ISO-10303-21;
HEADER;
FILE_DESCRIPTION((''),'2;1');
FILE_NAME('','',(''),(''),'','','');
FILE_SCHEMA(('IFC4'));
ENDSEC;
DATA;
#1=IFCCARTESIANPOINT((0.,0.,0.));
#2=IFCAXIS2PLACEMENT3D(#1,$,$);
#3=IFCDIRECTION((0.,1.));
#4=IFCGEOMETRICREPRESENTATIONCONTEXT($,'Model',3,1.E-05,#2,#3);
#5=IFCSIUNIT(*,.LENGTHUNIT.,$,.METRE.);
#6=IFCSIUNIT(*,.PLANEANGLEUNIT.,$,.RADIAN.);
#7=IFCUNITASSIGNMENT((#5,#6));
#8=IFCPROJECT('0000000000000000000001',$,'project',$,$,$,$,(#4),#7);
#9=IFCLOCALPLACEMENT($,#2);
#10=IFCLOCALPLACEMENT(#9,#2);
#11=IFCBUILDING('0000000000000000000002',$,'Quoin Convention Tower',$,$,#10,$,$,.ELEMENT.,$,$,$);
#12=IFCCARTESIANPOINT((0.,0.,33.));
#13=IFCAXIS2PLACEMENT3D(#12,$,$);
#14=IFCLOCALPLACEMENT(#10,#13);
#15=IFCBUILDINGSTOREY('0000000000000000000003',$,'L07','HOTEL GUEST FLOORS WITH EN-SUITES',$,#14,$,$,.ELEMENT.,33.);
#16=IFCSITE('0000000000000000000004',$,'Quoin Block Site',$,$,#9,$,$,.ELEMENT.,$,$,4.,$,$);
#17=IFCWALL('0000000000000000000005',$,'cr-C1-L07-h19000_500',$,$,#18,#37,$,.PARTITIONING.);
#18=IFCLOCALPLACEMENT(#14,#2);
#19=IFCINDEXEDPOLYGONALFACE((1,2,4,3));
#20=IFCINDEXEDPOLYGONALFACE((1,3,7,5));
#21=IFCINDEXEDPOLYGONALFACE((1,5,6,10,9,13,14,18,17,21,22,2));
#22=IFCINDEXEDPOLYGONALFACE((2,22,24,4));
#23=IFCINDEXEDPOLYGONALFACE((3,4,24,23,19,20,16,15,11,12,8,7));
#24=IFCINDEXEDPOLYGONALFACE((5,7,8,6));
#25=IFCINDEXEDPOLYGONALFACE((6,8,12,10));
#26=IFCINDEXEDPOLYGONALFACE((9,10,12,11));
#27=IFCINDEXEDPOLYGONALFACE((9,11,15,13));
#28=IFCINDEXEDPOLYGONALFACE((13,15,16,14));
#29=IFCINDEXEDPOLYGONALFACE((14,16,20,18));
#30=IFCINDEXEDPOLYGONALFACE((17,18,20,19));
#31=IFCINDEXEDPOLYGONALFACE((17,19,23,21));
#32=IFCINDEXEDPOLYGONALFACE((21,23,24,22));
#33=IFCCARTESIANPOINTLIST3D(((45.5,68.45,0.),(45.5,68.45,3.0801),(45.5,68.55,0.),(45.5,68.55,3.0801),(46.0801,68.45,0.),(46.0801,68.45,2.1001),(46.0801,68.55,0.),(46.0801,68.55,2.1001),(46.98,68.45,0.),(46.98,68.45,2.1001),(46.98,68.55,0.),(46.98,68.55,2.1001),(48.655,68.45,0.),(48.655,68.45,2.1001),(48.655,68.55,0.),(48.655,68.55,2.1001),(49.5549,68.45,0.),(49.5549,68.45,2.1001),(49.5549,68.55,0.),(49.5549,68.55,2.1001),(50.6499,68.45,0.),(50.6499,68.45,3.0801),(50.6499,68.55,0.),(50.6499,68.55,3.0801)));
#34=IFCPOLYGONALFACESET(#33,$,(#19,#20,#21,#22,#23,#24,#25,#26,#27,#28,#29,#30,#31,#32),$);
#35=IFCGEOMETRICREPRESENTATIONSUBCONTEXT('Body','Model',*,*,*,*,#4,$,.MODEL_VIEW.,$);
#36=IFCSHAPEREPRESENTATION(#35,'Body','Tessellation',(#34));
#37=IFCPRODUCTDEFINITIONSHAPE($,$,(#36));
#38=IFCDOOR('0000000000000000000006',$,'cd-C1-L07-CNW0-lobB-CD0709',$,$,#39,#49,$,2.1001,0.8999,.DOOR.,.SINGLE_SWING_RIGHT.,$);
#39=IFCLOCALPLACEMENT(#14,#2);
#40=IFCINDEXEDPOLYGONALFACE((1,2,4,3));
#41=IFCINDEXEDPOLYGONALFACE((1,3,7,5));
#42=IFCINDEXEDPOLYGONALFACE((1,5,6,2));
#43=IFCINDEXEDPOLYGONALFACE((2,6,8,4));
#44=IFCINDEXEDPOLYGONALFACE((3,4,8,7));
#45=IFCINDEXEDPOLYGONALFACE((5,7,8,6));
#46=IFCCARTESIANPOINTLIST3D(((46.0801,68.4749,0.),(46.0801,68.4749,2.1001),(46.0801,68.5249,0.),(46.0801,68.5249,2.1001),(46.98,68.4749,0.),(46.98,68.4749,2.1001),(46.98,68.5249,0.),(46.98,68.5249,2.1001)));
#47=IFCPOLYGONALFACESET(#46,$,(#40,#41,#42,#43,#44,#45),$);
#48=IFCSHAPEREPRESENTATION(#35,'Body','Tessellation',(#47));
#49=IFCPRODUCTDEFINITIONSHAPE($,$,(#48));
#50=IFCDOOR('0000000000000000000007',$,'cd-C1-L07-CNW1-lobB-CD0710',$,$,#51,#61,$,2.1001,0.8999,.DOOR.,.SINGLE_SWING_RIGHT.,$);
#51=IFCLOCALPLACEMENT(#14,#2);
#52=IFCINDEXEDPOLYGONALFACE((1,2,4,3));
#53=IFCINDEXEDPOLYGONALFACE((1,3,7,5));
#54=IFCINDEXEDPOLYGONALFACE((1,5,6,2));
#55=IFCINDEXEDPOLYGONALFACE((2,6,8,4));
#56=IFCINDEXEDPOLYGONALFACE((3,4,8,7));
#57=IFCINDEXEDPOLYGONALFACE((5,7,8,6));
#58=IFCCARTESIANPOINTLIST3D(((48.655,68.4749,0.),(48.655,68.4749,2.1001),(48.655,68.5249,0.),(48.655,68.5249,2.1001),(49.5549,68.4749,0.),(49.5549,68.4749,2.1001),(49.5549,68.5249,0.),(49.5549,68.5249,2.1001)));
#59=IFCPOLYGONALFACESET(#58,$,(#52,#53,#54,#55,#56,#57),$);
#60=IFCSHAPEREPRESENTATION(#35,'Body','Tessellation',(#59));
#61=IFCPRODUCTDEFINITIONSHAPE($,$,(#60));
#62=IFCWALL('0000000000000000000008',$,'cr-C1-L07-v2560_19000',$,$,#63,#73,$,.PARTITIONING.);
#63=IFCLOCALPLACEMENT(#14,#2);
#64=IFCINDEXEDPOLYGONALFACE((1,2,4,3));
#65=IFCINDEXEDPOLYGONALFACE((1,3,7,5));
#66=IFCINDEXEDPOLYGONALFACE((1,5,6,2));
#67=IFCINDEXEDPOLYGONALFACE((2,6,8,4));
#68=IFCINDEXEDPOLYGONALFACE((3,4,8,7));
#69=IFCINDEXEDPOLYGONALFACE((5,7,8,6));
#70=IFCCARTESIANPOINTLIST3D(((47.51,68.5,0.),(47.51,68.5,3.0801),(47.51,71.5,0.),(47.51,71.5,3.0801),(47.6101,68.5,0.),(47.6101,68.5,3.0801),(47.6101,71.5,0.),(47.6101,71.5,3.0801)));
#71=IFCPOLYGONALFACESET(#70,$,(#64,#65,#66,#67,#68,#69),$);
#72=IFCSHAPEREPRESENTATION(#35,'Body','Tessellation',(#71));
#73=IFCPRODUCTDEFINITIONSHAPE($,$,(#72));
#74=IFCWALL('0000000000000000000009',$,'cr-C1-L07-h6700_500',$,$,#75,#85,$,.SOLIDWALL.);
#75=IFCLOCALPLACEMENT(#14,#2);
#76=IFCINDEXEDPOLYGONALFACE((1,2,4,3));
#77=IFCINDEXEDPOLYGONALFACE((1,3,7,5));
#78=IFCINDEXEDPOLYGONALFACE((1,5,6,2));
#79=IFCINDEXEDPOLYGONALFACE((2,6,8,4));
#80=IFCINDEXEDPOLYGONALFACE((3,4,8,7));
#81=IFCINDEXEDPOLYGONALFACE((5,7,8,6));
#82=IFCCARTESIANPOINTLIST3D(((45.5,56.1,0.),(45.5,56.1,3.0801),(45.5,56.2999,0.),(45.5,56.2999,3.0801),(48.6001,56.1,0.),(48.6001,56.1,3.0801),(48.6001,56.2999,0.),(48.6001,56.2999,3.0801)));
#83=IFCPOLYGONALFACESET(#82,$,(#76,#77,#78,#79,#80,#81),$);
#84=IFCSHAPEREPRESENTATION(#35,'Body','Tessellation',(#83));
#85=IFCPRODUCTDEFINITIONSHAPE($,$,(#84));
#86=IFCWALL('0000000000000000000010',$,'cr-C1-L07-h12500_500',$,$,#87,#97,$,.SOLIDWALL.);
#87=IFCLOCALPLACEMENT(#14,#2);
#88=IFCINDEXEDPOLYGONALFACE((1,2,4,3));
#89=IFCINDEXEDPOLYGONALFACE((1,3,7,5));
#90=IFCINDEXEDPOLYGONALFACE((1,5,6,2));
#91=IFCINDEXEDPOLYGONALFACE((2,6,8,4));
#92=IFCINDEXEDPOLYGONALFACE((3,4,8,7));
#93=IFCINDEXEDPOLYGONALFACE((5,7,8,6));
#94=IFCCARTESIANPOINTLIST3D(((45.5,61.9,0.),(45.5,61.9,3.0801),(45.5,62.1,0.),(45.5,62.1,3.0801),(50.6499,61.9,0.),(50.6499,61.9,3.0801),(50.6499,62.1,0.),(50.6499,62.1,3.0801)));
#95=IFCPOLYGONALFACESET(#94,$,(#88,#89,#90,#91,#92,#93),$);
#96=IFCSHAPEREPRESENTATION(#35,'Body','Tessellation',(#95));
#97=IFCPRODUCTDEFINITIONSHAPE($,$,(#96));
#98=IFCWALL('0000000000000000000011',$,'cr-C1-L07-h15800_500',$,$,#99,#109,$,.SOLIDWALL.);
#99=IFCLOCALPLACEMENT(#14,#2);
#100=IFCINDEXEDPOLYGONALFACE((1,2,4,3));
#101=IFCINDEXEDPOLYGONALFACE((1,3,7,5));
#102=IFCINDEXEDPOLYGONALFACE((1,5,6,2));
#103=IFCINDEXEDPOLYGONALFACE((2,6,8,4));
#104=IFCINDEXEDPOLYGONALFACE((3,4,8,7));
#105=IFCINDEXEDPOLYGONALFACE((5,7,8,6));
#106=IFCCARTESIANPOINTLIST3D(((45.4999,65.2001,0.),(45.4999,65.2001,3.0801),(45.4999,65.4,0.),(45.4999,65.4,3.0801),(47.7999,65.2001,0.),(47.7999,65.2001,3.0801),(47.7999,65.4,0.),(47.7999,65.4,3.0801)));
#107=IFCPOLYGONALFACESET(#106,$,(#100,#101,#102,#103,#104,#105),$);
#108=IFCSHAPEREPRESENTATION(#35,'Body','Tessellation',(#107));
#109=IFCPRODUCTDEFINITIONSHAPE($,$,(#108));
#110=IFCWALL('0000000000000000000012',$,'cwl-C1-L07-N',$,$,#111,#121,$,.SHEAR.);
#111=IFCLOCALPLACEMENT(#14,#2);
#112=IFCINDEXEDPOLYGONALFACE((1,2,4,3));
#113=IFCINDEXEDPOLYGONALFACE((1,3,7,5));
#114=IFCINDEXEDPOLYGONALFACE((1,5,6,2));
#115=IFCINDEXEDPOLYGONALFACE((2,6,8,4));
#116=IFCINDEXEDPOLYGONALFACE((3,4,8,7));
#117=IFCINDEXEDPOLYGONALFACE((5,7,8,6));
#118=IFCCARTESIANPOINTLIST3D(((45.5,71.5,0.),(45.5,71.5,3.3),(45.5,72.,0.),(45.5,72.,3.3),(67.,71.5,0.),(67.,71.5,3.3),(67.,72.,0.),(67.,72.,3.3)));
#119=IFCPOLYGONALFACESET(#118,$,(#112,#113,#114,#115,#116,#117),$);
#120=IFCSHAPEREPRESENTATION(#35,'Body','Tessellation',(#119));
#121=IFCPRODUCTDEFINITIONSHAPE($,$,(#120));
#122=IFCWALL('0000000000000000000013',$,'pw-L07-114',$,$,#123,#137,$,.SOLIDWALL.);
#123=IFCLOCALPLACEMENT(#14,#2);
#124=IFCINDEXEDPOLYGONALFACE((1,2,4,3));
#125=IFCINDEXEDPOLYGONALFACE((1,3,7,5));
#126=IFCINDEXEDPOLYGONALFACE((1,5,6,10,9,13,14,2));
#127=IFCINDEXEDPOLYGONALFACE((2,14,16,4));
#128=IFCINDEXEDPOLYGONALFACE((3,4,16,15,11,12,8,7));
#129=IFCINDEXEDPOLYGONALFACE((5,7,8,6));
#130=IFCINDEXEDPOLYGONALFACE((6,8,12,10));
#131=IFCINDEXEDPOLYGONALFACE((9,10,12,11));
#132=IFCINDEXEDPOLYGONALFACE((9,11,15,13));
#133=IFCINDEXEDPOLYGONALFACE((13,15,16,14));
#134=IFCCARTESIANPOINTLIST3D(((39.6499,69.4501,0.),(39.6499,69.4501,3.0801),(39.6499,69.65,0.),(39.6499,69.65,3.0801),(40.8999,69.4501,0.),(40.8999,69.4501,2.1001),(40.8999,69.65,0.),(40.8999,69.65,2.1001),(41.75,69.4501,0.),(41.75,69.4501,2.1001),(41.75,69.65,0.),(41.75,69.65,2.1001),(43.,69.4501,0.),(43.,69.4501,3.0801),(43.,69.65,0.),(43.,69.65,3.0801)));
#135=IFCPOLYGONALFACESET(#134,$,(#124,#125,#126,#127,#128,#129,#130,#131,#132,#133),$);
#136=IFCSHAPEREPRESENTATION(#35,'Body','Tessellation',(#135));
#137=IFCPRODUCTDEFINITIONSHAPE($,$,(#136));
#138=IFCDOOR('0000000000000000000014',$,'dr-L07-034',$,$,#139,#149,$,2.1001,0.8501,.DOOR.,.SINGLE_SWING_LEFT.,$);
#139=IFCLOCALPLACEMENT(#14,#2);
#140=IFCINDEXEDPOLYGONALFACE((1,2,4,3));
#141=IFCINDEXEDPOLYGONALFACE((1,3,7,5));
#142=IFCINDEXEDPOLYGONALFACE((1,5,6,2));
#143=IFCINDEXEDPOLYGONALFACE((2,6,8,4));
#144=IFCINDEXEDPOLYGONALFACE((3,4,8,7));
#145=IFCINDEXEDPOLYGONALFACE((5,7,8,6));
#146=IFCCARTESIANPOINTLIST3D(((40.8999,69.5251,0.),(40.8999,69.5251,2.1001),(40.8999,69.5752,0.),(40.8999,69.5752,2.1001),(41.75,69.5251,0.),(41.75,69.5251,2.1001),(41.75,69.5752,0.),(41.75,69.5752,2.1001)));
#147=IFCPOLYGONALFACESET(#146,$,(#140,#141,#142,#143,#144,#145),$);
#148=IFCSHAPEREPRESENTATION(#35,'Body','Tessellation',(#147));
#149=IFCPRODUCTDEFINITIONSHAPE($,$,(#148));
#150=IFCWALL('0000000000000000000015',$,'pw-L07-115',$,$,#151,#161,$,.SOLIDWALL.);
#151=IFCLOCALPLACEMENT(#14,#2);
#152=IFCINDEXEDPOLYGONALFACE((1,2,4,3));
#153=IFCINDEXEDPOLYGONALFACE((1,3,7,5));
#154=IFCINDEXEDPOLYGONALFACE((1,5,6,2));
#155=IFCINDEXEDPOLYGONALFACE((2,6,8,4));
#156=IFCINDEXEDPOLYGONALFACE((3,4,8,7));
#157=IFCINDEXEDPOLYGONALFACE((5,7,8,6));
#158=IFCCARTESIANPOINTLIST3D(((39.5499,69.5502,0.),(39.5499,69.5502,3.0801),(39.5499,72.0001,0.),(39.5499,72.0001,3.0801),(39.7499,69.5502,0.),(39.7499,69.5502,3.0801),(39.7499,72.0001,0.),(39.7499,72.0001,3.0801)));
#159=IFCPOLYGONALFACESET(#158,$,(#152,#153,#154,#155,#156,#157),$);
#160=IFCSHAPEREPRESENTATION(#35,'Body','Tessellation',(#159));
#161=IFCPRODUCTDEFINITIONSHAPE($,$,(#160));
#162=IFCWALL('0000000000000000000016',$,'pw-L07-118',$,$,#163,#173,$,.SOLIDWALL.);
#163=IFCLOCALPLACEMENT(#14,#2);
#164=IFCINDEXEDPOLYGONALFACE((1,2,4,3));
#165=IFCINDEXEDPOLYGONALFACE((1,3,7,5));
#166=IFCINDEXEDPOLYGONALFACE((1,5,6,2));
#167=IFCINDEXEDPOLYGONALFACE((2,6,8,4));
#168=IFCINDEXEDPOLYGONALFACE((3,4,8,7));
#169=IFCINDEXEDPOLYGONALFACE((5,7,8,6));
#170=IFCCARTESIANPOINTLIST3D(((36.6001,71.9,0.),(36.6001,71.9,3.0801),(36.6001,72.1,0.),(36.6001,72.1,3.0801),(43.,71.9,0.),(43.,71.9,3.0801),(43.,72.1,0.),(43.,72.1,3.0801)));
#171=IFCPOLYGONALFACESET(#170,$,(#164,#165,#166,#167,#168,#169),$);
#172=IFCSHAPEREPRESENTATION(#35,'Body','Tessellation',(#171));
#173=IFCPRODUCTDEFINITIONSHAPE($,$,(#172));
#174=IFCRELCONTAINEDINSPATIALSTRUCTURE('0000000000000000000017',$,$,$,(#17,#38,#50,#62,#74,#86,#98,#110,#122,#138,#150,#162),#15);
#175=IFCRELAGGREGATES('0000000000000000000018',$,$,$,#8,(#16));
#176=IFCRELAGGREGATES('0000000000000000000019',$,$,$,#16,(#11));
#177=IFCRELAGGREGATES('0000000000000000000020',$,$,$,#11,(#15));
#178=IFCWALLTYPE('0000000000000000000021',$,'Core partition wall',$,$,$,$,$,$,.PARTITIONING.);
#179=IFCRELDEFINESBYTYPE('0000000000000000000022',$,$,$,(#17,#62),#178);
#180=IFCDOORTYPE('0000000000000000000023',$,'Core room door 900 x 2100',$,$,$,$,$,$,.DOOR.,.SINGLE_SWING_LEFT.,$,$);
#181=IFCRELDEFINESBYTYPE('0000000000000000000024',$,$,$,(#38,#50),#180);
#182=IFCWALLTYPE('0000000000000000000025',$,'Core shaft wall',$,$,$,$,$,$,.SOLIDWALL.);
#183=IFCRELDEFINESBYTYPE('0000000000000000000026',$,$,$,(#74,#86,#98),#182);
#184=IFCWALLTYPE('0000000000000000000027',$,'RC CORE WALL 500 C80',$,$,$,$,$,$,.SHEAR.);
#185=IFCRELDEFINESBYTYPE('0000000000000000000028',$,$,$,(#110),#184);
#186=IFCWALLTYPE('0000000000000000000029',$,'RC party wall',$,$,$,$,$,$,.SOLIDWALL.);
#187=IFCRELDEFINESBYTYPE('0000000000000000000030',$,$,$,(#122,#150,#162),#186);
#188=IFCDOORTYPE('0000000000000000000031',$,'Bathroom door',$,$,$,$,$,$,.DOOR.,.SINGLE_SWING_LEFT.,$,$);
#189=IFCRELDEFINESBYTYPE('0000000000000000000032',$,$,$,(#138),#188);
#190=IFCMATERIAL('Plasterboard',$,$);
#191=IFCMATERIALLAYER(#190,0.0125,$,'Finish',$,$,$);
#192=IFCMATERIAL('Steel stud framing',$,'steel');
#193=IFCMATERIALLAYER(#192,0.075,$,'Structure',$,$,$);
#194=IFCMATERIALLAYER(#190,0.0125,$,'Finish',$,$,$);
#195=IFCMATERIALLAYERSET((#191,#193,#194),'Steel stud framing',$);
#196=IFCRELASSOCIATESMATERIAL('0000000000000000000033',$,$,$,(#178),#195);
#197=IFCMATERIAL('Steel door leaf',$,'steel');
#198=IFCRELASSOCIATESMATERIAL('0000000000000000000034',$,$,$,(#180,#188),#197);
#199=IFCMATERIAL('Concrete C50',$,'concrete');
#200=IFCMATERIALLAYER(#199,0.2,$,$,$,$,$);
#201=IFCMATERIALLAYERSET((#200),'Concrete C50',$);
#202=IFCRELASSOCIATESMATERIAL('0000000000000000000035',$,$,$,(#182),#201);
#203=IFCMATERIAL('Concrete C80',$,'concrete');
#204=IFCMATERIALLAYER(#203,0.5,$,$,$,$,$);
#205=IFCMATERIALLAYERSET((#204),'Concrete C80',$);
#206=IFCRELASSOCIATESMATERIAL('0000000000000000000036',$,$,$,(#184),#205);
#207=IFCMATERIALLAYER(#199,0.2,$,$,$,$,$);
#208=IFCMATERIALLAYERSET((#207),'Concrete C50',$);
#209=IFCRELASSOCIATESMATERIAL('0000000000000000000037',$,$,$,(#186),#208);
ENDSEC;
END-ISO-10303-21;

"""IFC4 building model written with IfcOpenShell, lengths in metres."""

from ifc_helpers import new_model, si_unit, direction, frame, frame_2d, origin, place, context, subcontext, project, spatial, rectangle, extrude, material, layer, layer_set, type_object, element, fill, save


model = new_model("IFC4")

# Units and contexts
model_context = context("Model", 3, precision=1e-05, world=origin(), true_north=direction((0.0, 1.0)))
body_context = subcontext(model_context, "Body", "Model", "MODEL_VIEW")
ifc_project = project(units=[si_unit("LENGTHUNIT", "METRE"), si_unit("PLANEANGLEUNIT", "RADIAN")], contexts=[model_context])

# Site, building, storey
site_placement = place(None, origin())
site = spatial("IfcSite", under=ifc_project, at=site_placement, Name="Quoin Block Site", CompositionType="ELEMENT", RefElevation=4.0)
building_placement = place(site_placement, origin())
building = spatial("IfcBuilding", under=site, at=building_placement, Name="Quoin Convention Tower", CompositionType="ELEMENT")
storey_placement = place(building_placement, frame((0.0, 0.0, 33.0)))
storey = spatial("IfcBuildingStorey", under=building, at=storey_placement, Name="L07", Description="HOTEL GUEST FLOORS WITH EN-SUITES", CompositionType="ELEMENT", Elevation=33.0)

# Wall, openings, doors
ifc_material_1 = material(Name="Plasterboard")
ifc_layer_1 = layer(ifc_material_1, 0.0125, Name="Finish")
ifc_material_2 = material(Name="Steel stud framing", Category="steel")
ifc_layer_2 = layer(ifc_material_2, 0.075, Name="Structure")
ifc_layer_3 = layer(ifc_material_1, 0.0125, Name="Finish")
ifc_layer_set_1 = layer_set([ifc_layer_1, ifc_layer_2, ifc_layer_3], Name="Steel stud framing")
wall_type_1 = type_object("IfcWallType", Name="Core partition wall", PredefinedType="PARTITIONING", material=ifc_layer_set_1)
wall_1_placement = place(storey_placement, frame((45.5, 68.5, 0.0), z_axis=(0.0, 0.0, 1.0), x_axis=(1.0, 0.0, 0.0)))
wall_1 = element("IfcWall", 1, at=wall_1_placement, inside=storey, type_object=wall_type_1, Name="cr-C1-L07-h19000_500", PredefinedType="PARTITIONING", context=body_context, shape_type="SweptSolid", body=[
    extrude(rectangle(XDim=5.1499, YDim=0.1001, at=frame_2d((2.575, 0.0))), origin(), (0.0, 0.0, 1.0), 3.0801),
])
opening_1_placement = place(wall_1_placement, frame((0.5801, 0.0, 0.0)))
opening_1 = element("IfcOpeningElement", 2, at=opening_1_placement, cuts=wall_1, PredefinedType="OPENING", context=body_context, shape_type="SweptSolid", body=[
    extrude(rectangle(XDim=0.8999, YDim=2.1001, at=frame_2d((0.45, 1.05))), frame((0.0, 0.0601, 0.0), z_axis=(0.0, -1.0, 0.0), x_axis=(1.0, 0.0, 0.0)), (0.0, 0.0, 1.0), 0.1201),
])
opening_2_placement = place(wall_1_placement, frame((3.155, 0.0, 0.0)))
opening_2 = element("IfcOpeningElement", 3, at=opening_2_placement, cuts=wall_1, PredefinedType="OPENING", context=body_context, shape_type="SweptSolid", body=[
    extrude(rectangle(XDim=0.8999, YDim=2.1001, at=frame_2d((0.45, 1.05))), frame((0.0, 0.0601, 0.0), z_axis=(0.0, -1.0, 0.0), x_axis=(1.0, 0.0, 0.0)), (0.0, 0.0, 1.0), 0.1201),
])
ifc_material_3 = material(Name="Steel door leaf", Category="steel")
door_type_1 = type_object("IfcDoorType", Name="Core room door 900 x 2100", OperationType="SINGLE_SWING_LEFT", PredefinedType="DOOR", material=ifc_material_3)
door_1_placement = place(opening_1_placement, origin())
door_1 = element("IfcDoor", 4, at=door_1_placement, inside=storey, type_object=door_type_1, Name="cd-C1-L07-CNW0-lobB-CD0709", OperationType="SINGLE_SWING_RIGHT", OverallHeight=2.1001, OverallWidth=0.8999, PredefinedType="DOOR", context=body_context, shape_type="SweptSolid", body=[
    extrude(rectangle(XDim=0.8999, YDim=2.1001, at=frame_2d((0.45, 1.05))), frame((0.0, 0.0249, 0.0), z_axis=(0.0, -1.0, 0.0), x_axis=(1.0, 0.0, 0.0)), (0.0, 0.0, 1.0), 0.05),
])
fill(opening_1, door_1)
door_2_placement = place(opening_2_placement, origin())
door_2 = element("IfcDoor", 5, at=door_2_placement, inside=storey, type_object=door_type_1, Name="cd-C1-L07-CNW1-lobB-CD0710", OperationType="SINGLE_SWING_RIGHT", OverallHeight=2.1001, OverallWidth=0.8999, PredefinedType="DOOR", context=body_context, shape_type="SweptSolid", body=[
    extrude(rectangle(XDim=0.8999, YDim=2.1001, at=frame_2d((0.45, 1.05))), frame((0.0, 0.0249, 0.0), z_axis=(0.0, -1.0, 0.0), x_axis=(1.0, 0.0, 0.0)), (0.0, 0.0, 1.0), 0.05),
])
fill(opening_2, door_2)

# Walls
wall_2_placement = place(storey_placement, frame((47.5601, 68.5, 0.0), z_axis=(0.0, 0.0, 1.0), x_axis=(0.0, 1.0, 0.0)))
element("IfcWall", 6, at=wall_2_placement, inside=storey, type_object=wall_type_1, Name="cr-C1-L07-v2560_19000", PredefinedType="PARTITIONING", context=body_context, shape_type="SweptSolid", body=[
    extrude(rectangle(XDim=3.0, YDim=0.1001, at=frame_2d((1.5, 0.0))), origin(), (0.0, 0.0, 1.0), 3.0801),
])
ifc_material_4 = material(Name="Concrete C50", Category="concrete")
ifc_layer_4 = layer(ifc_material_4, 0.2)
ifc_layer_set_2 = layer_set([ifc_layer_4], Name="Concrete C50")
wall_type_2 = type_object("IfcWallType", Name="Core shaft wall", PredefinedType="SOLIDWALL", material=ifc_layer_set_2)
wall_3_placement = place(storey_placement, frame((45.5, 56.2, 0.0), z_axis=(0.0, 0.0, 1.0), x_axis=(1.0, 0.0, 0.0)))
element("IfcWall", 7, at=wall_3_placement, inside=storey, type_object=wall_type_2, Name="cr-C1-L07-h6700_500", PredefinedType="SOLIDWALL", context=body_context, shape_type="SweptSolid", body=[
    extrude(rectangle(XDim=3.1001, YDim=0.2, at=frame_2d((1.55, 0.0))), origin(), (0.0, 0.0, 1.0), 3.0801),
])
wall_4_placement = place(storey_placement, frame((45.5, 62.0, 0.0), z_axis=(0.0, 0.0, 1.0), x_axis=(1.0, 0.0, 0.0)))
element("IfcWall", 8, at=wall_4_placement, inside=storey, type_object=wall_type_2, Name="cr-C1-L07-h12500_500", PredefinedType="SOLIDWALL", context=body_context, shape_type="SweptSolid", body=[
    extrude(rectangle(XDim=5.1499, YDim=0.2, at=frame_2d((2.575, 0.0))), origin(), (0.0, 0.0, 1.0), 3.0801),
])
wall_5_placement = place(storey_placement, frame((45.5, 65.3, 0.0), z_axis=(0.0, 0.0, 1.0), x_axis=(1.0, 0.0, 0.0)))
element("IfcWall", 9, at=wall_5_placement, inside=storey, type_object=wall_type_2, Name="cr-C1-L07-h15800_500", PredefinedType="SOLIDWALL", context=body_context, shape_type="SweptSolid", body=[
    extrude(rectangle(XDim=2.3, YDim=0.2, at=frame_2d((1.1499, 0.0))), origin(), (0.0, 0.0, 1.0), 3.0801),
])
ifc_material_5 = material(Name="Concrete C80", Category="concrete")
ifc_layer_5 = layer(ifc_material_5, 0.5)
ifc_layer_set_3 = layer_set([ifc_layer_5], Name="Concrete C80")
wall_type_3 = type_object("IfcWallType", Name="RC CORE WALL 500 C80", PredefinedType="SHEAR", material=ifc_layer_set_3)
wall_6_placement = place(storey_placement, frame((45.5, 71.75, 0.0), z_axis=(0.0, 0.0, 1.0), x_axis=(1.0, 0.0, 0.0)))
element("IfcWall", 10, at=wall_6_placement, inside=storey, type_object=wall_type_3, Name="cwl-C1-L07-N", PredefinedType="SHEAR", context=body_context, shape_type="SweptSolid", body=[
    extrude(rectangle(XDim=21.5, YDim=0.5, at=frame_2d((10.75, 0.0))), origin(), (0.0, 0.0, 1.0), 3.3),
])

# Wall, opening, door
ifc_layer_6 = layer(ifc_material_4, 0.2)
ifc_layer_set_4 = layer_set([ifc_layer_6], Name="Concrete C50")
wall_type_4 = type_object("IfcWallType", Name="RC party wall", PredefinedType="SOLIDWALL", material=ifc_layer_set_4)
wall_7_placement = place(storey_placement, frame((39.6499, 69.55, 0.0), z_axis=(0.0, 0.0, 1.0), x_axis=(1.0, 0.0, 0.0)))
wall_7 = element("IfcWall", 11, at=wall_7_placement, inside=storey, type_object=wall_type_4, Name="pw-L07-114", PredefinedType="SOLIDWALL", context=body_context, shape_type="SweptSolid", body=[
    extrude(rectangle(XDim=3.3501, YDim=0.2, at=frame_2d((1.675, 0.0))), origin(), (0.0, 0.0, 1.0), 3.0801),
])
opening_3_placement = place(wall_7_placement, frame((1.25, 0.0, 0.0)))
opening_3 = element("IfcOpeningElement", 12, at=opening_3_placement, cuts=wall_7, PredefinedType="OPENING", context=body_context, shape_type="SweptSolid", body=[
    extrude(rectangle(XDim=0.8501, YDim=2.1001, at=frame_2d((0.425, 1.05))), frame((0.0, 0.1099, 0.0), z_axis=(0.0, -1.0, 0.0), x_axis=(1.0, 0.0, 0.0)), (0.0, 0.0, 1.0), 0.22),
])
door_type_2 = type_object("IfcDoorType", Name="Bathroom door", OperationType="SINGLE_SWING_LEFT", PredefinedType="DOOR", material=ifc_material_3)
door_3_placement = place(opening_3_placement, frame((0.8501, 0.0, 0.0), z_axis=(0.0, 0.0, 1.0), x_axis=(-1.0, 0.0, 0.0)))
door_3 = element("IfcDoor", 13, at=door_3_placement, inside=storey, type_object=door_type_2, Name="dr-L07-034", OperationType="SINGLE_SWING_LEFT", OverallHeight=2.1001, OverallWidth=0.8501, PredefinedType="DOOR", context=body_context, shape_type="SweptSolid", body=[
    extrude(rectangle(XDim=0.8501, YDim=2.1001, at=frame_2d((0.425, 1.05))), frame((0.0, 0.0249, 0.0), z_axis=(0.0, -1.0, 0.0), x_axis=(1.0, 0.0, 0.0)), (0.0, 0.0, 1.0), 0.05),
])
fill(opening_3, door_3)

# Walls
wall_8_placement = place(storey_placement, frame((39.6499, 69.55, 0.0), z_axis=(0.0, 0.0, 1.0), x_axis=(0.0, 1.0, 0.0)))
element("IfcWall", 14, at=wall_8_placement, inside=storey, type_object=wall_type_4, Name="pw-L07-115", PredefinedType="SOLIDWALL", context=body_context, shape_type="SweptSolid", body=[
    extrude(rectangle(XDim=2.45, YDim=0.2, at=frame_2d((1.2251, 0.0))), origin(), (0.0, 0.0, 1.0), 3.0801),
])
wall_9_placement = place(storey_placement, frame((36.6001, 72.0, 0.0), z_axis=(0.0, 0.0, 1.0), x_axis=(1.0, 0.0, 0.0)))
element("IfcWall", 15, at=wall_9_placement, inside=storey, type_object=wall_type_4, Name="pw-L07-118", PredefinedType="SOLIDWALL", context=body_context, shape_type="SweptSolid", body=[
    extrude(rectangle(XDim=6.3999, YDim=0.2, at=frame_2d((3.2, 0.0))), origin(), (0.0, 0.0, 1.0), 3.0801),
])

save(model, "model.ifc")
